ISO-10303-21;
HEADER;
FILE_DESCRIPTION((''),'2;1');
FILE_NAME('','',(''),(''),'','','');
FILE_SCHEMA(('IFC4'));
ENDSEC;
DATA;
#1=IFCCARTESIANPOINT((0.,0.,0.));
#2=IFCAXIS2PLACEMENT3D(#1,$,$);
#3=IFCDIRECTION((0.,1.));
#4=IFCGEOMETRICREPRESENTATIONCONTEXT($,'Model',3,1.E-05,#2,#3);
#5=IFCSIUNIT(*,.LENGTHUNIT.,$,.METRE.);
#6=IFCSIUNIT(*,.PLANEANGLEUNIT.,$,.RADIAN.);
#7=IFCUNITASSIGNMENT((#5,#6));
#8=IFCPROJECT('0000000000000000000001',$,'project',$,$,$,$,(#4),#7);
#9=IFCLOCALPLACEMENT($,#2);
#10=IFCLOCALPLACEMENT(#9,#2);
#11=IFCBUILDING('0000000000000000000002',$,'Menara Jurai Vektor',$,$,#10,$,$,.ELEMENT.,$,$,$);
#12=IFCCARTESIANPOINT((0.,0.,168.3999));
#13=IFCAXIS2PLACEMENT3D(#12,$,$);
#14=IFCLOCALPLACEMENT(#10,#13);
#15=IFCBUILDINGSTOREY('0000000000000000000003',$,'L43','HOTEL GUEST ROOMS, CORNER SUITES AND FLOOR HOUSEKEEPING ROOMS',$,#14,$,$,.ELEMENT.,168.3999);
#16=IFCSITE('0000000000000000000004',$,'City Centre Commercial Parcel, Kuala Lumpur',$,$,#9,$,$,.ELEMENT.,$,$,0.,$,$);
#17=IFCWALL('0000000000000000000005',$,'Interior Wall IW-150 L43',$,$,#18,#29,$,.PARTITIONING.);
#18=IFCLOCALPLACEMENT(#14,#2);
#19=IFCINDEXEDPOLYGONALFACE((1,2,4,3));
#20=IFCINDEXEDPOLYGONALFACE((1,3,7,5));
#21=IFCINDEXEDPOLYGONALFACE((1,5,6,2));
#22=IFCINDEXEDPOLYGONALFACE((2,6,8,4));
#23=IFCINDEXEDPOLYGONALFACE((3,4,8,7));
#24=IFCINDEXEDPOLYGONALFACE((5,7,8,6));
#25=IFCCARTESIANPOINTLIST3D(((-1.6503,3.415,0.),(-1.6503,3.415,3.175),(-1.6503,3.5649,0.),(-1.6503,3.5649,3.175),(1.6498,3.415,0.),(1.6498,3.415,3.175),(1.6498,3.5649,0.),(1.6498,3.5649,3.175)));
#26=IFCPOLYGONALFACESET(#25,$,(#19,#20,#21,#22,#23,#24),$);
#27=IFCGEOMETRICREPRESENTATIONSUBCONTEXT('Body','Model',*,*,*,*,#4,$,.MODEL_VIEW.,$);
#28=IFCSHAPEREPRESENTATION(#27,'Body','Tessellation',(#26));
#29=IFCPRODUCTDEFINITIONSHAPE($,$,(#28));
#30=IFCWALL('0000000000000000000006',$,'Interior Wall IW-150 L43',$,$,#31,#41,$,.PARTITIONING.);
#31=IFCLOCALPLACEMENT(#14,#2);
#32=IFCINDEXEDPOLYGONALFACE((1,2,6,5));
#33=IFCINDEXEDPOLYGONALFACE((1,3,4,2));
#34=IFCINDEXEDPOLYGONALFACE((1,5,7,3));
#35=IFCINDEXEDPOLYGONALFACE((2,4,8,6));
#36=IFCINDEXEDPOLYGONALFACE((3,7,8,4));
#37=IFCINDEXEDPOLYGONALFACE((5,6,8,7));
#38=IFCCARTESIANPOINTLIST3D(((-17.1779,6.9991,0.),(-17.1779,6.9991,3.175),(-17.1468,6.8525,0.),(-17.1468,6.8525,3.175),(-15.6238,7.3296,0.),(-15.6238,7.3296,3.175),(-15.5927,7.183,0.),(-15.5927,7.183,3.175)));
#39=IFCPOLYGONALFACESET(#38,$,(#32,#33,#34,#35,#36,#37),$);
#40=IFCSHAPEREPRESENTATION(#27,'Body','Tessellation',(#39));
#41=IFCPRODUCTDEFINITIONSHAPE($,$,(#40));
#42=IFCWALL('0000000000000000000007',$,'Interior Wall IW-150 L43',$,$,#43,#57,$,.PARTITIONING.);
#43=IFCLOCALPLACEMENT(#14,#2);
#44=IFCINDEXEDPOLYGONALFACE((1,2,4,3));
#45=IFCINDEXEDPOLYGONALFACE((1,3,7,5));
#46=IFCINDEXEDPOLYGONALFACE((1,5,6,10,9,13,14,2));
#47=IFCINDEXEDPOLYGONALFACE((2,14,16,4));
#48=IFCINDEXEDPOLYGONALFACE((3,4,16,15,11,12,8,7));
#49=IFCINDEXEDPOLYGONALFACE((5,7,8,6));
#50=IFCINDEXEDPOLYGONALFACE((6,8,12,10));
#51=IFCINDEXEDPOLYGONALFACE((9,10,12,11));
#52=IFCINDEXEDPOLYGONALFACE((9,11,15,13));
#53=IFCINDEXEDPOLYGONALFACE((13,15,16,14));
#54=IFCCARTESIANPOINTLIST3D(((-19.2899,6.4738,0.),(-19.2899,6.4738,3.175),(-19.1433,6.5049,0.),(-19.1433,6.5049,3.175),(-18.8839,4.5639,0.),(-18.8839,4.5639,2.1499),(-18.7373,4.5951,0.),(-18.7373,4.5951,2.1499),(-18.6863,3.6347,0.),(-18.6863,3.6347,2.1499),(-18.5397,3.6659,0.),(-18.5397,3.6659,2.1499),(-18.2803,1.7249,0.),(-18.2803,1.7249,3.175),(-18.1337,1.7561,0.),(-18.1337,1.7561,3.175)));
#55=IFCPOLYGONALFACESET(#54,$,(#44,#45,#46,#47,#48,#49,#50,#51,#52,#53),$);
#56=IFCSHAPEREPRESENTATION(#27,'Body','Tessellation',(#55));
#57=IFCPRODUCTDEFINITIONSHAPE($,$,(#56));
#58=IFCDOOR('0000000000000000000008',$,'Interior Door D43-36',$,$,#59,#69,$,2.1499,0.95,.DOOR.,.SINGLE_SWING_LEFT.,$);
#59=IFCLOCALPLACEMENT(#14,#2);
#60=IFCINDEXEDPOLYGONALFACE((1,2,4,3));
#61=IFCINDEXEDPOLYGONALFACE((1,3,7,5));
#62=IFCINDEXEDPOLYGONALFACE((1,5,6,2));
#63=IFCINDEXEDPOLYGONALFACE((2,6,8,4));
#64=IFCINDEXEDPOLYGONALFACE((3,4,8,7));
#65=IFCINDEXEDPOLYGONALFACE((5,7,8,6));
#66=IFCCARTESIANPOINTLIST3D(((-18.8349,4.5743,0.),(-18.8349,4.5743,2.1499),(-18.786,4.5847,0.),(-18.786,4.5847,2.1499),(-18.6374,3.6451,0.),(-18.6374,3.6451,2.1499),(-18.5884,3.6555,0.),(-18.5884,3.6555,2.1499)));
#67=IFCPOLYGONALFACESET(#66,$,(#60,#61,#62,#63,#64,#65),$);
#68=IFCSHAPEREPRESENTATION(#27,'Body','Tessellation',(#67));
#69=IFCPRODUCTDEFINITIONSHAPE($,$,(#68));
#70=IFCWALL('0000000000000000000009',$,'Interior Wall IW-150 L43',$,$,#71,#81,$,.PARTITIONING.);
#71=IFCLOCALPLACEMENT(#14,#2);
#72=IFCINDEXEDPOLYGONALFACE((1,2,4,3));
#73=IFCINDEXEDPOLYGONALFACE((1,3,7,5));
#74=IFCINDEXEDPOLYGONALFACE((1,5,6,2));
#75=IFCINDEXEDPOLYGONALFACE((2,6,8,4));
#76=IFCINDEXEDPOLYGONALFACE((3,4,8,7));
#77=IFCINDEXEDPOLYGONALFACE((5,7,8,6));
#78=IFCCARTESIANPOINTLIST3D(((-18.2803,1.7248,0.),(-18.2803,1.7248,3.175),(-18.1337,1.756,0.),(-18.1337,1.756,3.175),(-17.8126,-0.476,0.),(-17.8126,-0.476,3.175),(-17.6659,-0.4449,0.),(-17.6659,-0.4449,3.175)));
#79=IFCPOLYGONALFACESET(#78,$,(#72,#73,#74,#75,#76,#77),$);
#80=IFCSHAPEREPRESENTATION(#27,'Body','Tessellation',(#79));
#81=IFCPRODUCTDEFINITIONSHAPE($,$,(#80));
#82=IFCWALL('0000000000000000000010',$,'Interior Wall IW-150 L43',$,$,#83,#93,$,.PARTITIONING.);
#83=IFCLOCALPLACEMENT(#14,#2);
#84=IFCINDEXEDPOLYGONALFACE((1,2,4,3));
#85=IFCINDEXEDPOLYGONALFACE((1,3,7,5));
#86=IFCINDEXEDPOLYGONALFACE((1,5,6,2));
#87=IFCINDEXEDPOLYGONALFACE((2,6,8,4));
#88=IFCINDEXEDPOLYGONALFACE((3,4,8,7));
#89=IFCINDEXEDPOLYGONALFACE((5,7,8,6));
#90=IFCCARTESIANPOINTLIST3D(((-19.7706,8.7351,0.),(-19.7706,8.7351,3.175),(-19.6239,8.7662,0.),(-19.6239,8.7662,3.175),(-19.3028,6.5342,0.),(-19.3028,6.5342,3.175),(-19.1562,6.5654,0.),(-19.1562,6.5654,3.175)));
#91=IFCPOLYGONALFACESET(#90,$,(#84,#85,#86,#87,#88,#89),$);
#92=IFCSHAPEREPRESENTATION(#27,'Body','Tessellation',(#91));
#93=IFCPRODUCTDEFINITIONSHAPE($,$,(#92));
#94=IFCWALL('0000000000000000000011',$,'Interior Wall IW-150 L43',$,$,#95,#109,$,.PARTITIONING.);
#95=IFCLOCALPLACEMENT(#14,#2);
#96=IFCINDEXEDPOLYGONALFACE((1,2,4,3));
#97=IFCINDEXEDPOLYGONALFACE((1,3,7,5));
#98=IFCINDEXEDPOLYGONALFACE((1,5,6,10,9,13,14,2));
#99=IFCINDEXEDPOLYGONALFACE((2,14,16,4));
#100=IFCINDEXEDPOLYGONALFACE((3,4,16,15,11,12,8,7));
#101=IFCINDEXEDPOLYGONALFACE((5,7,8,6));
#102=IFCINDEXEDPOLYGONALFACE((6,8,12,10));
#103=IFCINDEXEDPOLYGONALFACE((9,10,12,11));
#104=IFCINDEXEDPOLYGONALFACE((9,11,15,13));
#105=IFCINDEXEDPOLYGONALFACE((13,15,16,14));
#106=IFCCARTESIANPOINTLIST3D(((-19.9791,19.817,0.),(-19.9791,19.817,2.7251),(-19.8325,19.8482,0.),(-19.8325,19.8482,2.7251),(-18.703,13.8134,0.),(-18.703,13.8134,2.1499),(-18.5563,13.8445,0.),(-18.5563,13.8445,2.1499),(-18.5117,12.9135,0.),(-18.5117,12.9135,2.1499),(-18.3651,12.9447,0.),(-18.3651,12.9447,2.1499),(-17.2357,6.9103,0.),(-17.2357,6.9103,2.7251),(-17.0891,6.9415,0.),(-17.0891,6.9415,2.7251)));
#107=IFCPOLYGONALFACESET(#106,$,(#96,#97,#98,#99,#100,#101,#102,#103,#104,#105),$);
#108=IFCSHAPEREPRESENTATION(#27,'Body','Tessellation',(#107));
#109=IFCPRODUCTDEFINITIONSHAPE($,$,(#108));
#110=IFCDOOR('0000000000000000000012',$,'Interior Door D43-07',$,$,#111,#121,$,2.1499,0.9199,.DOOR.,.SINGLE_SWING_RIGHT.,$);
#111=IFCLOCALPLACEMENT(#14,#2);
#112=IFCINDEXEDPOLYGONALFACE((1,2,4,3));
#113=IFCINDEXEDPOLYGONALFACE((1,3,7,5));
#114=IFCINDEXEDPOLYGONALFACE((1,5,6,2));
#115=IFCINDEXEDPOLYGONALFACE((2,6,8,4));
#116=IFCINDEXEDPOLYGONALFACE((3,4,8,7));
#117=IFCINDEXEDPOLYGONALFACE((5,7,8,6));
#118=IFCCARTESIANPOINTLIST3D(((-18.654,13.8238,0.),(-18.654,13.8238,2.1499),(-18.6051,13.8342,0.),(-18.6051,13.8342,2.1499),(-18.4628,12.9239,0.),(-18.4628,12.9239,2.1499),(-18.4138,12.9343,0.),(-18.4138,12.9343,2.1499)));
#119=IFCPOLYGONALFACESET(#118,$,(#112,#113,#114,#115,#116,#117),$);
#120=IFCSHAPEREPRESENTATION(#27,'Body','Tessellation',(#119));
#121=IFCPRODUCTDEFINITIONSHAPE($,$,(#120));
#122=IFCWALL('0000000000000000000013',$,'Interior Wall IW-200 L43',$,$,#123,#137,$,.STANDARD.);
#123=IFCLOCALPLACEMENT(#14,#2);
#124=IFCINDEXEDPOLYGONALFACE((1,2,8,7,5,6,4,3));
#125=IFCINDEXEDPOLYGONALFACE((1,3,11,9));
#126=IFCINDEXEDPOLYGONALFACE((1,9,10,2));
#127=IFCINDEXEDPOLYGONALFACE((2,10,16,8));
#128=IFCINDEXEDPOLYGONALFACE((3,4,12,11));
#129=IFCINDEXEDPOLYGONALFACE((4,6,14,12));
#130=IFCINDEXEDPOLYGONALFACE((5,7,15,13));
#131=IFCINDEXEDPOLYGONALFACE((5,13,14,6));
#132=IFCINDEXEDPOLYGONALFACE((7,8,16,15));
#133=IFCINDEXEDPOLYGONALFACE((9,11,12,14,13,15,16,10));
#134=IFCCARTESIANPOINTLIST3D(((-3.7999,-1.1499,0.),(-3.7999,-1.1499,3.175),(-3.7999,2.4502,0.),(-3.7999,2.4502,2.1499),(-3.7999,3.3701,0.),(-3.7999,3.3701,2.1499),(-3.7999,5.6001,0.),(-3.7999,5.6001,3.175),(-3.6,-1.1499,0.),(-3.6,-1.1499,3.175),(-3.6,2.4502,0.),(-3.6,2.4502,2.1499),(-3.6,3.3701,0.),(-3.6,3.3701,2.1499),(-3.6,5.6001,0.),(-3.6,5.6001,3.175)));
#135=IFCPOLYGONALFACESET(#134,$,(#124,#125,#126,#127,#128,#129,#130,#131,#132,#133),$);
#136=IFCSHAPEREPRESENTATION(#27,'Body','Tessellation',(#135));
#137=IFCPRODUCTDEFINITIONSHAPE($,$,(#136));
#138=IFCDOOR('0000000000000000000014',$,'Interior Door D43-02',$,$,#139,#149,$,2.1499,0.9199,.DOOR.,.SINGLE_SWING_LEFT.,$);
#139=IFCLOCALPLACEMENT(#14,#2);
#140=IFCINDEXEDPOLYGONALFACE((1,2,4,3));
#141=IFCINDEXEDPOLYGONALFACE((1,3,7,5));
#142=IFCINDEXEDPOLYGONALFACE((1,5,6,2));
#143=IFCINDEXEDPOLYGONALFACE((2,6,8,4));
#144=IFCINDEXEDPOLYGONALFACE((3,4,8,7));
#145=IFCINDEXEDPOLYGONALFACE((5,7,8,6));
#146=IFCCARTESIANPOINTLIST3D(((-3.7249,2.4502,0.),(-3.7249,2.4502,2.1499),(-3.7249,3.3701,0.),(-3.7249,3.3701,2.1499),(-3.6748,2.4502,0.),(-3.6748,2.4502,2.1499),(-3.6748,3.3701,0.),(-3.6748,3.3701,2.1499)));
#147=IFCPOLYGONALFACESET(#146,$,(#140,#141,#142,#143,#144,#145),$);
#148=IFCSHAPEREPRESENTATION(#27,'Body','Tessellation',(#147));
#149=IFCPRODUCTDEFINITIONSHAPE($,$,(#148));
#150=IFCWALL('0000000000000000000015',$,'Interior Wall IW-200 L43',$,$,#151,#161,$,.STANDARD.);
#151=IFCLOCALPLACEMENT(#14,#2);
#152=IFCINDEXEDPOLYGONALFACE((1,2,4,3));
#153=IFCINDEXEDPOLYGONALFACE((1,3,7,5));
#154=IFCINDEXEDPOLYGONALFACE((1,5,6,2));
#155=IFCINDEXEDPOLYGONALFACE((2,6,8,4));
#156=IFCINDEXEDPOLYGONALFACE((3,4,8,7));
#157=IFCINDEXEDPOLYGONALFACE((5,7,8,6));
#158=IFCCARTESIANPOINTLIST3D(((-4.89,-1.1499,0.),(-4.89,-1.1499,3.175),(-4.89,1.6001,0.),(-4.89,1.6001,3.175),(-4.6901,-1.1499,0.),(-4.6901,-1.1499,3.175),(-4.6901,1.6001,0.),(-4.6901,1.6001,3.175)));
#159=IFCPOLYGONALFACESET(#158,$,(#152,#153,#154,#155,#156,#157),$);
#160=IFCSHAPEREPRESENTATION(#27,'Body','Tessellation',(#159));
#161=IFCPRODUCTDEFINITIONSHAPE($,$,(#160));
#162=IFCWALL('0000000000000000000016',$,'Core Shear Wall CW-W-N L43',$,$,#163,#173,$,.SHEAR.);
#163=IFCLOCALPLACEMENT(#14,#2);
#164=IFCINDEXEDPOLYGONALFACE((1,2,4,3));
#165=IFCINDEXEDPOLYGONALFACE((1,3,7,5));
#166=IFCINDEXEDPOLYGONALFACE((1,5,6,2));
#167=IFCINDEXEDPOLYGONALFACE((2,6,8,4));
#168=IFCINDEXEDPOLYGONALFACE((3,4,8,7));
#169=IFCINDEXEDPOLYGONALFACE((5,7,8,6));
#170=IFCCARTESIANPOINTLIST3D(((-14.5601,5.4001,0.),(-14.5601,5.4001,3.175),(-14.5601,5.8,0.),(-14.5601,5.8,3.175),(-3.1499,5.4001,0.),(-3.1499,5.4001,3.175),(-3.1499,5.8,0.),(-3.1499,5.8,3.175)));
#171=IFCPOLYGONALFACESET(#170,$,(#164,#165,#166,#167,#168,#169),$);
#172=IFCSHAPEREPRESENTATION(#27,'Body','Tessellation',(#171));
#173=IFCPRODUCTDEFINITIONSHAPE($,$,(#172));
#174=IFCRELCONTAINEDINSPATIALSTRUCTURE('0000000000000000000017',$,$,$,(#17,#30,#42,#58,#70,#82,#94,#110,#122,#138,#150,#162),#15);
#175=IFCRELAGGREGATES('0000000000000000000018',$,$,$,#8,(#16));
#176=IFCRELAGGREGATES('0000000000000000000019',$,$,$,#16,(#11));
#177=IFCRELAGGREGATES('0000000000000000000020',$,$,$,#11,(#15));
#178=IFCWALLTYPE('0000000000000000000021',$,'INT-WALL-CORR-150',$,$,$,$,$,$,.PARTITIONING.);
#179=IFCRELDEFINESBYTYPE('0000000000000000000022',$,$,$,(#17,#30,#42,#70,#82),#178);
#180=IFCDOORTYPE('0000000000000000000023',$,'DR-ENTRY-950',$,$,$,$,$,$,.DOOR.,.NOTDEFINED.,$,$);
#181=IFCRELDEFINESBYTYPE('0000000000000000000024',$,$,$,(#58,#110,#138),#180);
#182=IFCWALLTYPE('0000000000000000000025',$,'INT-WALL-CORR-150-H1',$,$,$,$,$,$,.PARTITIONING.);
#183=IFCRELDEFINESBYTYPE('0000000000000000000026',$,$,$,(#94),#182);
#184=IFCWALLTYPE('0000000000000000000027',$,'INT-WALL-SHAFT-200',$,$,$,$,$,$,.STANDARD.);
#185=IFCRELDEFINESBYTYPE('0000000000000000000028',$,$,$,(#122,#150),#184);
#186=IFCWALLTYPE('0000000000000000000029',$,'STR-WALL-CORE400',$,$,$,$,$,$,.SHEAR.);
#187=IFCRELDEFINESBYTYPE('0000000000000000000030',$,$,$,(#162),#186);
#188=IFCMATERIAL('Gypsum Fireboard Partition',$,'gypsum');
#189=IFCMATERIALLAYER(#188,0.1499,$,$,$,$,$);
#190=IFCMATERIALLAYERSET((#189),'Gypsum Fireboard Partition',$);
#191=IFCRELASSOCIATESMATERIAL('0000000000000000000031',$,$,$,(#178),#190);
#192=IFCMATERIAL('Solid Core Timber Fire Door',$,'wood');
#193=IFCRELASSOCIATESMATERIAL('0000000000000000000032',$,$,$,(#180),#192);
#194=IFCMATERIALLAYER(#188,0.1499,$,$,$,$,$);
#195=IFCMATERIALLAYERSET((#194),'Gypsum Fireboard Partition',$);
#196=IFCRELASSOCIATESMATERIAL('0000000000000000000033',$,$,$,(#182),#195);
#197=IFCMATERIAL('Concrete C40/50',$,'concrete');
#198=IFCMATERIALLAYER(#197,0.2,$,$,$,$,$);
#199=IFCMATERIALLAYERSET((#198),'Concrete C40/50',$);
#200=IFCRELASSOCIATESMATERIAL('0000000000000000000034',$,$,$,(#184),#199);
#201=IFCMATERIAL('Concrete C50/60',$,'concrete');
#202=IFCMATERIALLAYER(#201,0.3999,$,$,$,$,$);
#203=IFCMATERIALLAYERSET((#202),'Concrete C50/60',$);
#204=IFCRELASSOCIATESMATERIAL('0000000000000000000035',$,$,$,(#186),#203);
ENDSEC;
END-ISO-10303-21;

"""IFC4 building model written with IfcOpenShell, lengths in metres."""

from ifc_helpers import new_model, si_unit, direction, frame, frame_2d, origin, place, context, subcontext, project, spatial, rectangle, extrude, material, layer, layer_set, type_object, element, fill, save


model = new_model("IFC4")

# Units and contexts
model_context = context("Model", 3, precision=1e-05, world=origin(), true_north=direction((0.0, 1.0)))
body_context = subcontext(model_context, "Body", "Model", "MODEL_VIEW")
ifc_project = project(units=[si_unit("LENGTHUNIT", "METRE"), si_unit("PLANEANGLEUNIT", "RADIAN")], contexts=[model_context])

# Site, building, storey
site_placement = place(None, origin())
site = spatial("IfcSite", under=ifc_project, at=site_placement, Name="City Centre Commercial Parcel, Kuala Lumpur", CompositionType="ELEMENT", RefElevation=0.0)
building_placement = place(site_placement, origin())
building = spatial("IfcBuilding", under=site, at=building_placement, Name="Menara Jurai Vektor", CompositionType="ELEMENT")
storey_placement = place(building_placement, frame((0.0, 0.0, 168.3999)))
storey = spatial("IfcBuildingStorey", under=building, at=storey_placement, Name="L43", Description="HOTEL GUEST ROOMS, CORNER SUITES AND FLOOR HOUSEKEEPING ROOMS", CompositionType="ELEMENT", Elevation=168.3999)

# Shared definitions
ifc_material_1 = material(Name="Concrete C50/60", Category="concrete")

# Shared definitions
ifc_material_2 = material(Name="Concrete C40/50", Category="concrete")

# Walls
ifc_material_3 = material(Name="Gypsum Fireboard Partition", Category="gypsum")
ifc_layer_1 = layer(ifc_material_3, 0.1499)
ifc_layer_set_1 = layer_set([ifc_layer_1], Name="Gypsum Fireboard Partition")
wall_type_1 = type_object("IfcWallType", Name="INT-WALL-CORR-150", PredefinedType="PARTITIONING", material=ifc_layer_set_1)
wall_1_placement = place(storey_placement, frame((-1.6501, 3.49, 0.0), z_axis=(0.0, 0.0, 1.0), x_axis=(1.0, 0.0, 0.0)))
element("IfcWall", 1, at=wall_1_placement, inside=storey, type_object=wall_type_1, Name="Interior Wall IW-150 L43", PredefinedType="PARTITIONING", context=body_context, shape_type="SweptSolid", body=[
    extrude(rectangle(XDim=3.3, YDim=0.1499, at=frame_2d((1.6499, 0.0))), origin(), (0.0, 0.0, 1.0), 3.175),
])
wall_2_placement = place(storey_placement, frame((-17.1624, 6.9258, 0.0), z_axis=(0.0, 0.0, 1.0), x_axis=(0.978121, 0.208039, 0.0)))
element("IfcWall", 2, at=wall_2_placement, inside=storey, type_object=wall_type_1, Name="Interior Wall IW-150 L43", PredefinedType="PARTITIONING", context=body_context, shape_type="SweptSolid", body=[
    extrude(rectangle(XDim=1.5889, YDim=0.1499, at=frame_2d((0.7944, 0.0))), origin(), (0.0, 0.0, 1.0), 3.175),
])

# Wall, opening, door
wall_3_placement = place(storey_placement, frame((-18.207, 1.7405, 0.0), z_axis=(0.0, 0.0, 1.0), x_axis=(-0.207939, 0.978142, 0.0)))
wall_3 = element("IfcWall", 3, at=wall_3_placement, inside=storey, type_object=wall_type_1, Name="Interior Wall IW-150 L43", PredefinedType="PARTITIONING", context=body_context, shape_type="SweptSolid", body=[
    extrude(rectangle(XDim=4.855, YDim=0.1499, at=frame_2d((2.4275, 0.0))), origin(), (0.0, 0.0, 1.0), 3.175),
])
opening_1_placement = place(wall_3_placement, frame((1.9524, 0.0, 0.0)))
opening_1 = element("IfcOpeningElement", 4, at=opening_1_placement, cuts=wall_3, PredefinedType="OPENING", context=body_context, shape_type="SweptSolid", body=[
    extrude(rectangle(XDim=0.95, YDim=2.1499, at=frame_2d((0.4751, 1.075))), frame((0.0, 0.085, 0.0), z_axis=(0.0, -1.0, 0.0), x_axis=(1.0, 0.0, 0.0)), (0.0, 0.0, 1.0), 0.1699),
])
ifc_material_4 = material(Name="Solid Core Timber Fire Door", Category="wood")
door_type_1 = type_object("IfcDoorType", Name="DR-ENTRY-950", OperationType="NOTDEFINED", PredefinedType="DOOR", material=ifc_material_4)
door_1_placement = place(opening_1_placement, origin())
door_1 = element("IfcDoor", 5, at=door_1_placement, inside=storey, type_object=door_type_1, Name="Interior Door D43-36", OperationType="SINGLE_SWING_LEFT", OverallHeight=2.1499, OverallWidth=0.95, PredefinedType="DOOR", context=body_context, shape_type="SweptSolid", body=[
    extrude(rectangle(XDim=0.95, YDim=2.1499, at=frame_2d((0.4751, 1.075))), frame((0.0, 0.0249, 0.0), z_axis=(0.0, -1.0, 0.0), x_axis=(1.0, 0.0, 0.0)), (0.0, 0.0, 1.0), 0.05),
])
fill(opening_1, door_1)

# Walls
for number, where, z_axis, x_axis, name in (
    (6, (-17.7393, -0.4604, 0.0), (0.0, 0.0, 1.0), (-0.207891, 0.978152, 0.0), "Interior Wall IW-150 L43"),
    (7, (-19.2295, 6.5498, 0.0), (0.0, 0.0, 1.0), (-0.207891, 0.978152, 0.0), "Interior Wall IW-150 L43"),
):
    element("IfcWall", number, at=place(storey_placement, frame(where, z_axis=z_axis, x_axis=x_axis)), inside=storey, type_object=wall_type_1, Name=name, PredefinedType="PARTITIONING", context=body_context, shape_type="SweptSolid", body=[
        extrude(rectangle(XDim=2.25, YDim=0.1499, at=frame_2d((1.125, 0.0))), origin(), (0.0, 0.0, 1.0), 3.175),
    ])

# Walls, openings, doors
ifc_layer_2 = layer(ifc_material_3, 0.1499)
ifc_layer_set_2 = layer_set([ifc_layer_2], Name="Gypsum Fireboard Partition")
wall_type_2 = type_object("IfcWallType", Name="INT-WALL-CORR-150-H1", PredefinedType="PARTITIONING", material=ifc_layer_set_2)
wall_4_placement = place(storey_placement, frame((-17.1624, 6.9258, 0.0), z_axis=(0.0, 0.0, 1.0), x_axis=(-0.207911, 0.978148, 0.0)))
wall_4 = element("IfcWall", 8, at=wall_4_placement, inside=storey, type_object=wall_type_2, Name="Interior Wall IW-150 L43", PredefinedType="PARTITIONING", context=body_context, shape_type="SweptSolid", body=[
    extrude(rectangle(XDim=13.1951, YDim=0.1499, at=frame_2d((6.5977, 0.0))), origin(), (0.0, 0.0, 1.0), 2.7251),
])
opening_2_placement = place(wall_4_placement, frame((6.1375, 0.0, 0.0)))
opening_2 = element("IfcOpeningElement", 9, at=opening_2_placement, cuts=wall_4, PredefinedType="OPENING", context=body_context, shape_type="SweptSolid", body=[
    extrude(rectangle(XDim=0.9199, YDim=2.1499, at=frame_2d((0.46, 1.075))), frame((0.0, 0.085, 0.0), z_axis=(0.0, -1.0, 0.0), x_axis=(1.0, 0.0, 0.0)), (0.0, 0.0, 1.0), 0.1699),
])
door_2_placement = place(opening_2_placement, origin())
door_2 = element("IfcDoor", 10, at=door_2_placement, inside=storey, type_object=door_type_1, Name="Interior Door D43-07", OperationType="SINGLE_SWING_RIGHT", OverallHeight=2.1499, OverallWidth=0.9199, PredefinedType="DOOR", context=body_context, shape_type="SweptSolid", body=[
    extrude(rectangle(XDim=0.9199, YDim=2.1499, at=frame_2d((0.46, 1.075))), frame((0.0, 0.0249, 0.0), z_axis=(0.0, -1.0, 0.0), x_axis=(1.0, 0.0, 0.0)), (0.0, 0.0, 1.0), 0.05),
])
fill(opening_2, door_2)
ifc_layer_3 = layer(ifc_material_2, 0.2)
ifc_layer_set_3 = layer_set([ifc_layer_3], Name="Concrete C40/50")
wall_type_3 = type_object("IfcWallType", Name="INT-WALL-SHAFT-200", PredefinedType="STANDARD", material=ifc_layer_set_3)
wall_5_placement = place(storey_placement, frame((-3.7, -1.1499, 0.0), z_axis=(0.0, 0.0, 1.0), x_axis=(0.0, 1.0, 0.0)))
wall_5 = element("IfcWall", 11, at=wall_5_placement, inside=storey, type_object=wall_type_3, Name="Interior Wall IW-200 L43", PredefinedType="STANDARD", context=body_context, shape_type="SweptSolid", body=[
    extrude(rectangle(XDim=6.75, YDim=0.2, at=frame_2d((3.375, 0.0))), origin(), (0.0, 0.0, 1.0), 3.175),
])
opening_3_placement = place(wall_5_placement, frame((3.6001, 0.0, 0.0)))
opening_3 = element("IfcOpeningElement", 12, at=opening_3_placement, cuts=wall_5, PredefinedType="OPENING", context=body_context, shape_type="SweptSolid", body=[
    extrude(rectangle(XDim=0.9199, YDim=2.1499, at=frame_2d((0.46, 1.075))), frame((0.0, 0.1099, 0.0), z_axis=(0.0, -1.0, 0.0), x_axis=(1.0, 0.0, 0.0)), (0.0, 0.0, 1.0), 0.22),
])
door_3_placement = place(opening_3_placement, origin())
door_3 = element("IfcDoor", 13, at=door_3_placement, inside=storey, type_object=door_type_1, Name="Interior Door D43-02", OperationType="SINGLE_SWING_LEFT", OverallHeight=2.1499, OverallWidth=0.9199, PredefinedType="DOOR", context=body_context, shape_type="SweptSolid", body=[
    extrude(rectangle(XDim=0.9199, YDim=2.1499, at=frame_2d((0.46, 1.075))), frame((0.0, 0.0249, 0.0), z_axis=(0.0, -1.0, 0.0), x_axis=(1.0, 0.0, 0.0)), (0.0, 0.0, 1.0), 0.05),
])
fill(opening_3, door_3)

# Walls
wall_6_placement = place(storey_placement, frame((-4.79, -1.1499, 0.0), z_axis=(0.0, 0.0, 1.0), x_axis=(0.0, 1.0, 0.0)))
element("IfcWall", 14, at=wall_6_placement, inside=storey, type_object=wall_type_3, Name="Interior Wall IW-200 L43", PredefinedType="STANDARD", context=body_context, shape_type="SweptSolid", body=[
    extrude(rectangle(XDim=2.75, YDim=0.2, at=frame_2d((1.375, 0.0))), origin(), (0.0, 0.0, 1.0), 3.175),
])
ifc_layer_4 = layer(ifc_material_1, 0.3999)
ifc_layer_set_4 = layer_set([ifc_layer_4], Name="Concrete C50/60")
wall_type_4 = type_object("IfcWallType", Name="STR-WALL-CORE400", PredefinedType="SHEAR", material=ifc_layer_set_4)
wall_7_placement = place(storey_placement, frame((-14.5601, 5.6001, 0.0), z_axis=(0.0, 0.0, 1.0), x_axis=(1.0, 0.0, 0.0)))
element("IfcWall", 15, at=wall_7_placement, inside=storey, type_object=wall_type_4, Name="Core Shear Wall CW-W-N L43", PredefinedType="SHEAR", context=body_context, shape_type="SweptSolid", body=[
    extrude(rectangle(XDim=11.4102, YDim=0.3999, at=frame_2d((5.7051, 0.0))), origin(), (0.0, 0.0, 1.0), 3.175),
])

save(model, "model.ifc")
